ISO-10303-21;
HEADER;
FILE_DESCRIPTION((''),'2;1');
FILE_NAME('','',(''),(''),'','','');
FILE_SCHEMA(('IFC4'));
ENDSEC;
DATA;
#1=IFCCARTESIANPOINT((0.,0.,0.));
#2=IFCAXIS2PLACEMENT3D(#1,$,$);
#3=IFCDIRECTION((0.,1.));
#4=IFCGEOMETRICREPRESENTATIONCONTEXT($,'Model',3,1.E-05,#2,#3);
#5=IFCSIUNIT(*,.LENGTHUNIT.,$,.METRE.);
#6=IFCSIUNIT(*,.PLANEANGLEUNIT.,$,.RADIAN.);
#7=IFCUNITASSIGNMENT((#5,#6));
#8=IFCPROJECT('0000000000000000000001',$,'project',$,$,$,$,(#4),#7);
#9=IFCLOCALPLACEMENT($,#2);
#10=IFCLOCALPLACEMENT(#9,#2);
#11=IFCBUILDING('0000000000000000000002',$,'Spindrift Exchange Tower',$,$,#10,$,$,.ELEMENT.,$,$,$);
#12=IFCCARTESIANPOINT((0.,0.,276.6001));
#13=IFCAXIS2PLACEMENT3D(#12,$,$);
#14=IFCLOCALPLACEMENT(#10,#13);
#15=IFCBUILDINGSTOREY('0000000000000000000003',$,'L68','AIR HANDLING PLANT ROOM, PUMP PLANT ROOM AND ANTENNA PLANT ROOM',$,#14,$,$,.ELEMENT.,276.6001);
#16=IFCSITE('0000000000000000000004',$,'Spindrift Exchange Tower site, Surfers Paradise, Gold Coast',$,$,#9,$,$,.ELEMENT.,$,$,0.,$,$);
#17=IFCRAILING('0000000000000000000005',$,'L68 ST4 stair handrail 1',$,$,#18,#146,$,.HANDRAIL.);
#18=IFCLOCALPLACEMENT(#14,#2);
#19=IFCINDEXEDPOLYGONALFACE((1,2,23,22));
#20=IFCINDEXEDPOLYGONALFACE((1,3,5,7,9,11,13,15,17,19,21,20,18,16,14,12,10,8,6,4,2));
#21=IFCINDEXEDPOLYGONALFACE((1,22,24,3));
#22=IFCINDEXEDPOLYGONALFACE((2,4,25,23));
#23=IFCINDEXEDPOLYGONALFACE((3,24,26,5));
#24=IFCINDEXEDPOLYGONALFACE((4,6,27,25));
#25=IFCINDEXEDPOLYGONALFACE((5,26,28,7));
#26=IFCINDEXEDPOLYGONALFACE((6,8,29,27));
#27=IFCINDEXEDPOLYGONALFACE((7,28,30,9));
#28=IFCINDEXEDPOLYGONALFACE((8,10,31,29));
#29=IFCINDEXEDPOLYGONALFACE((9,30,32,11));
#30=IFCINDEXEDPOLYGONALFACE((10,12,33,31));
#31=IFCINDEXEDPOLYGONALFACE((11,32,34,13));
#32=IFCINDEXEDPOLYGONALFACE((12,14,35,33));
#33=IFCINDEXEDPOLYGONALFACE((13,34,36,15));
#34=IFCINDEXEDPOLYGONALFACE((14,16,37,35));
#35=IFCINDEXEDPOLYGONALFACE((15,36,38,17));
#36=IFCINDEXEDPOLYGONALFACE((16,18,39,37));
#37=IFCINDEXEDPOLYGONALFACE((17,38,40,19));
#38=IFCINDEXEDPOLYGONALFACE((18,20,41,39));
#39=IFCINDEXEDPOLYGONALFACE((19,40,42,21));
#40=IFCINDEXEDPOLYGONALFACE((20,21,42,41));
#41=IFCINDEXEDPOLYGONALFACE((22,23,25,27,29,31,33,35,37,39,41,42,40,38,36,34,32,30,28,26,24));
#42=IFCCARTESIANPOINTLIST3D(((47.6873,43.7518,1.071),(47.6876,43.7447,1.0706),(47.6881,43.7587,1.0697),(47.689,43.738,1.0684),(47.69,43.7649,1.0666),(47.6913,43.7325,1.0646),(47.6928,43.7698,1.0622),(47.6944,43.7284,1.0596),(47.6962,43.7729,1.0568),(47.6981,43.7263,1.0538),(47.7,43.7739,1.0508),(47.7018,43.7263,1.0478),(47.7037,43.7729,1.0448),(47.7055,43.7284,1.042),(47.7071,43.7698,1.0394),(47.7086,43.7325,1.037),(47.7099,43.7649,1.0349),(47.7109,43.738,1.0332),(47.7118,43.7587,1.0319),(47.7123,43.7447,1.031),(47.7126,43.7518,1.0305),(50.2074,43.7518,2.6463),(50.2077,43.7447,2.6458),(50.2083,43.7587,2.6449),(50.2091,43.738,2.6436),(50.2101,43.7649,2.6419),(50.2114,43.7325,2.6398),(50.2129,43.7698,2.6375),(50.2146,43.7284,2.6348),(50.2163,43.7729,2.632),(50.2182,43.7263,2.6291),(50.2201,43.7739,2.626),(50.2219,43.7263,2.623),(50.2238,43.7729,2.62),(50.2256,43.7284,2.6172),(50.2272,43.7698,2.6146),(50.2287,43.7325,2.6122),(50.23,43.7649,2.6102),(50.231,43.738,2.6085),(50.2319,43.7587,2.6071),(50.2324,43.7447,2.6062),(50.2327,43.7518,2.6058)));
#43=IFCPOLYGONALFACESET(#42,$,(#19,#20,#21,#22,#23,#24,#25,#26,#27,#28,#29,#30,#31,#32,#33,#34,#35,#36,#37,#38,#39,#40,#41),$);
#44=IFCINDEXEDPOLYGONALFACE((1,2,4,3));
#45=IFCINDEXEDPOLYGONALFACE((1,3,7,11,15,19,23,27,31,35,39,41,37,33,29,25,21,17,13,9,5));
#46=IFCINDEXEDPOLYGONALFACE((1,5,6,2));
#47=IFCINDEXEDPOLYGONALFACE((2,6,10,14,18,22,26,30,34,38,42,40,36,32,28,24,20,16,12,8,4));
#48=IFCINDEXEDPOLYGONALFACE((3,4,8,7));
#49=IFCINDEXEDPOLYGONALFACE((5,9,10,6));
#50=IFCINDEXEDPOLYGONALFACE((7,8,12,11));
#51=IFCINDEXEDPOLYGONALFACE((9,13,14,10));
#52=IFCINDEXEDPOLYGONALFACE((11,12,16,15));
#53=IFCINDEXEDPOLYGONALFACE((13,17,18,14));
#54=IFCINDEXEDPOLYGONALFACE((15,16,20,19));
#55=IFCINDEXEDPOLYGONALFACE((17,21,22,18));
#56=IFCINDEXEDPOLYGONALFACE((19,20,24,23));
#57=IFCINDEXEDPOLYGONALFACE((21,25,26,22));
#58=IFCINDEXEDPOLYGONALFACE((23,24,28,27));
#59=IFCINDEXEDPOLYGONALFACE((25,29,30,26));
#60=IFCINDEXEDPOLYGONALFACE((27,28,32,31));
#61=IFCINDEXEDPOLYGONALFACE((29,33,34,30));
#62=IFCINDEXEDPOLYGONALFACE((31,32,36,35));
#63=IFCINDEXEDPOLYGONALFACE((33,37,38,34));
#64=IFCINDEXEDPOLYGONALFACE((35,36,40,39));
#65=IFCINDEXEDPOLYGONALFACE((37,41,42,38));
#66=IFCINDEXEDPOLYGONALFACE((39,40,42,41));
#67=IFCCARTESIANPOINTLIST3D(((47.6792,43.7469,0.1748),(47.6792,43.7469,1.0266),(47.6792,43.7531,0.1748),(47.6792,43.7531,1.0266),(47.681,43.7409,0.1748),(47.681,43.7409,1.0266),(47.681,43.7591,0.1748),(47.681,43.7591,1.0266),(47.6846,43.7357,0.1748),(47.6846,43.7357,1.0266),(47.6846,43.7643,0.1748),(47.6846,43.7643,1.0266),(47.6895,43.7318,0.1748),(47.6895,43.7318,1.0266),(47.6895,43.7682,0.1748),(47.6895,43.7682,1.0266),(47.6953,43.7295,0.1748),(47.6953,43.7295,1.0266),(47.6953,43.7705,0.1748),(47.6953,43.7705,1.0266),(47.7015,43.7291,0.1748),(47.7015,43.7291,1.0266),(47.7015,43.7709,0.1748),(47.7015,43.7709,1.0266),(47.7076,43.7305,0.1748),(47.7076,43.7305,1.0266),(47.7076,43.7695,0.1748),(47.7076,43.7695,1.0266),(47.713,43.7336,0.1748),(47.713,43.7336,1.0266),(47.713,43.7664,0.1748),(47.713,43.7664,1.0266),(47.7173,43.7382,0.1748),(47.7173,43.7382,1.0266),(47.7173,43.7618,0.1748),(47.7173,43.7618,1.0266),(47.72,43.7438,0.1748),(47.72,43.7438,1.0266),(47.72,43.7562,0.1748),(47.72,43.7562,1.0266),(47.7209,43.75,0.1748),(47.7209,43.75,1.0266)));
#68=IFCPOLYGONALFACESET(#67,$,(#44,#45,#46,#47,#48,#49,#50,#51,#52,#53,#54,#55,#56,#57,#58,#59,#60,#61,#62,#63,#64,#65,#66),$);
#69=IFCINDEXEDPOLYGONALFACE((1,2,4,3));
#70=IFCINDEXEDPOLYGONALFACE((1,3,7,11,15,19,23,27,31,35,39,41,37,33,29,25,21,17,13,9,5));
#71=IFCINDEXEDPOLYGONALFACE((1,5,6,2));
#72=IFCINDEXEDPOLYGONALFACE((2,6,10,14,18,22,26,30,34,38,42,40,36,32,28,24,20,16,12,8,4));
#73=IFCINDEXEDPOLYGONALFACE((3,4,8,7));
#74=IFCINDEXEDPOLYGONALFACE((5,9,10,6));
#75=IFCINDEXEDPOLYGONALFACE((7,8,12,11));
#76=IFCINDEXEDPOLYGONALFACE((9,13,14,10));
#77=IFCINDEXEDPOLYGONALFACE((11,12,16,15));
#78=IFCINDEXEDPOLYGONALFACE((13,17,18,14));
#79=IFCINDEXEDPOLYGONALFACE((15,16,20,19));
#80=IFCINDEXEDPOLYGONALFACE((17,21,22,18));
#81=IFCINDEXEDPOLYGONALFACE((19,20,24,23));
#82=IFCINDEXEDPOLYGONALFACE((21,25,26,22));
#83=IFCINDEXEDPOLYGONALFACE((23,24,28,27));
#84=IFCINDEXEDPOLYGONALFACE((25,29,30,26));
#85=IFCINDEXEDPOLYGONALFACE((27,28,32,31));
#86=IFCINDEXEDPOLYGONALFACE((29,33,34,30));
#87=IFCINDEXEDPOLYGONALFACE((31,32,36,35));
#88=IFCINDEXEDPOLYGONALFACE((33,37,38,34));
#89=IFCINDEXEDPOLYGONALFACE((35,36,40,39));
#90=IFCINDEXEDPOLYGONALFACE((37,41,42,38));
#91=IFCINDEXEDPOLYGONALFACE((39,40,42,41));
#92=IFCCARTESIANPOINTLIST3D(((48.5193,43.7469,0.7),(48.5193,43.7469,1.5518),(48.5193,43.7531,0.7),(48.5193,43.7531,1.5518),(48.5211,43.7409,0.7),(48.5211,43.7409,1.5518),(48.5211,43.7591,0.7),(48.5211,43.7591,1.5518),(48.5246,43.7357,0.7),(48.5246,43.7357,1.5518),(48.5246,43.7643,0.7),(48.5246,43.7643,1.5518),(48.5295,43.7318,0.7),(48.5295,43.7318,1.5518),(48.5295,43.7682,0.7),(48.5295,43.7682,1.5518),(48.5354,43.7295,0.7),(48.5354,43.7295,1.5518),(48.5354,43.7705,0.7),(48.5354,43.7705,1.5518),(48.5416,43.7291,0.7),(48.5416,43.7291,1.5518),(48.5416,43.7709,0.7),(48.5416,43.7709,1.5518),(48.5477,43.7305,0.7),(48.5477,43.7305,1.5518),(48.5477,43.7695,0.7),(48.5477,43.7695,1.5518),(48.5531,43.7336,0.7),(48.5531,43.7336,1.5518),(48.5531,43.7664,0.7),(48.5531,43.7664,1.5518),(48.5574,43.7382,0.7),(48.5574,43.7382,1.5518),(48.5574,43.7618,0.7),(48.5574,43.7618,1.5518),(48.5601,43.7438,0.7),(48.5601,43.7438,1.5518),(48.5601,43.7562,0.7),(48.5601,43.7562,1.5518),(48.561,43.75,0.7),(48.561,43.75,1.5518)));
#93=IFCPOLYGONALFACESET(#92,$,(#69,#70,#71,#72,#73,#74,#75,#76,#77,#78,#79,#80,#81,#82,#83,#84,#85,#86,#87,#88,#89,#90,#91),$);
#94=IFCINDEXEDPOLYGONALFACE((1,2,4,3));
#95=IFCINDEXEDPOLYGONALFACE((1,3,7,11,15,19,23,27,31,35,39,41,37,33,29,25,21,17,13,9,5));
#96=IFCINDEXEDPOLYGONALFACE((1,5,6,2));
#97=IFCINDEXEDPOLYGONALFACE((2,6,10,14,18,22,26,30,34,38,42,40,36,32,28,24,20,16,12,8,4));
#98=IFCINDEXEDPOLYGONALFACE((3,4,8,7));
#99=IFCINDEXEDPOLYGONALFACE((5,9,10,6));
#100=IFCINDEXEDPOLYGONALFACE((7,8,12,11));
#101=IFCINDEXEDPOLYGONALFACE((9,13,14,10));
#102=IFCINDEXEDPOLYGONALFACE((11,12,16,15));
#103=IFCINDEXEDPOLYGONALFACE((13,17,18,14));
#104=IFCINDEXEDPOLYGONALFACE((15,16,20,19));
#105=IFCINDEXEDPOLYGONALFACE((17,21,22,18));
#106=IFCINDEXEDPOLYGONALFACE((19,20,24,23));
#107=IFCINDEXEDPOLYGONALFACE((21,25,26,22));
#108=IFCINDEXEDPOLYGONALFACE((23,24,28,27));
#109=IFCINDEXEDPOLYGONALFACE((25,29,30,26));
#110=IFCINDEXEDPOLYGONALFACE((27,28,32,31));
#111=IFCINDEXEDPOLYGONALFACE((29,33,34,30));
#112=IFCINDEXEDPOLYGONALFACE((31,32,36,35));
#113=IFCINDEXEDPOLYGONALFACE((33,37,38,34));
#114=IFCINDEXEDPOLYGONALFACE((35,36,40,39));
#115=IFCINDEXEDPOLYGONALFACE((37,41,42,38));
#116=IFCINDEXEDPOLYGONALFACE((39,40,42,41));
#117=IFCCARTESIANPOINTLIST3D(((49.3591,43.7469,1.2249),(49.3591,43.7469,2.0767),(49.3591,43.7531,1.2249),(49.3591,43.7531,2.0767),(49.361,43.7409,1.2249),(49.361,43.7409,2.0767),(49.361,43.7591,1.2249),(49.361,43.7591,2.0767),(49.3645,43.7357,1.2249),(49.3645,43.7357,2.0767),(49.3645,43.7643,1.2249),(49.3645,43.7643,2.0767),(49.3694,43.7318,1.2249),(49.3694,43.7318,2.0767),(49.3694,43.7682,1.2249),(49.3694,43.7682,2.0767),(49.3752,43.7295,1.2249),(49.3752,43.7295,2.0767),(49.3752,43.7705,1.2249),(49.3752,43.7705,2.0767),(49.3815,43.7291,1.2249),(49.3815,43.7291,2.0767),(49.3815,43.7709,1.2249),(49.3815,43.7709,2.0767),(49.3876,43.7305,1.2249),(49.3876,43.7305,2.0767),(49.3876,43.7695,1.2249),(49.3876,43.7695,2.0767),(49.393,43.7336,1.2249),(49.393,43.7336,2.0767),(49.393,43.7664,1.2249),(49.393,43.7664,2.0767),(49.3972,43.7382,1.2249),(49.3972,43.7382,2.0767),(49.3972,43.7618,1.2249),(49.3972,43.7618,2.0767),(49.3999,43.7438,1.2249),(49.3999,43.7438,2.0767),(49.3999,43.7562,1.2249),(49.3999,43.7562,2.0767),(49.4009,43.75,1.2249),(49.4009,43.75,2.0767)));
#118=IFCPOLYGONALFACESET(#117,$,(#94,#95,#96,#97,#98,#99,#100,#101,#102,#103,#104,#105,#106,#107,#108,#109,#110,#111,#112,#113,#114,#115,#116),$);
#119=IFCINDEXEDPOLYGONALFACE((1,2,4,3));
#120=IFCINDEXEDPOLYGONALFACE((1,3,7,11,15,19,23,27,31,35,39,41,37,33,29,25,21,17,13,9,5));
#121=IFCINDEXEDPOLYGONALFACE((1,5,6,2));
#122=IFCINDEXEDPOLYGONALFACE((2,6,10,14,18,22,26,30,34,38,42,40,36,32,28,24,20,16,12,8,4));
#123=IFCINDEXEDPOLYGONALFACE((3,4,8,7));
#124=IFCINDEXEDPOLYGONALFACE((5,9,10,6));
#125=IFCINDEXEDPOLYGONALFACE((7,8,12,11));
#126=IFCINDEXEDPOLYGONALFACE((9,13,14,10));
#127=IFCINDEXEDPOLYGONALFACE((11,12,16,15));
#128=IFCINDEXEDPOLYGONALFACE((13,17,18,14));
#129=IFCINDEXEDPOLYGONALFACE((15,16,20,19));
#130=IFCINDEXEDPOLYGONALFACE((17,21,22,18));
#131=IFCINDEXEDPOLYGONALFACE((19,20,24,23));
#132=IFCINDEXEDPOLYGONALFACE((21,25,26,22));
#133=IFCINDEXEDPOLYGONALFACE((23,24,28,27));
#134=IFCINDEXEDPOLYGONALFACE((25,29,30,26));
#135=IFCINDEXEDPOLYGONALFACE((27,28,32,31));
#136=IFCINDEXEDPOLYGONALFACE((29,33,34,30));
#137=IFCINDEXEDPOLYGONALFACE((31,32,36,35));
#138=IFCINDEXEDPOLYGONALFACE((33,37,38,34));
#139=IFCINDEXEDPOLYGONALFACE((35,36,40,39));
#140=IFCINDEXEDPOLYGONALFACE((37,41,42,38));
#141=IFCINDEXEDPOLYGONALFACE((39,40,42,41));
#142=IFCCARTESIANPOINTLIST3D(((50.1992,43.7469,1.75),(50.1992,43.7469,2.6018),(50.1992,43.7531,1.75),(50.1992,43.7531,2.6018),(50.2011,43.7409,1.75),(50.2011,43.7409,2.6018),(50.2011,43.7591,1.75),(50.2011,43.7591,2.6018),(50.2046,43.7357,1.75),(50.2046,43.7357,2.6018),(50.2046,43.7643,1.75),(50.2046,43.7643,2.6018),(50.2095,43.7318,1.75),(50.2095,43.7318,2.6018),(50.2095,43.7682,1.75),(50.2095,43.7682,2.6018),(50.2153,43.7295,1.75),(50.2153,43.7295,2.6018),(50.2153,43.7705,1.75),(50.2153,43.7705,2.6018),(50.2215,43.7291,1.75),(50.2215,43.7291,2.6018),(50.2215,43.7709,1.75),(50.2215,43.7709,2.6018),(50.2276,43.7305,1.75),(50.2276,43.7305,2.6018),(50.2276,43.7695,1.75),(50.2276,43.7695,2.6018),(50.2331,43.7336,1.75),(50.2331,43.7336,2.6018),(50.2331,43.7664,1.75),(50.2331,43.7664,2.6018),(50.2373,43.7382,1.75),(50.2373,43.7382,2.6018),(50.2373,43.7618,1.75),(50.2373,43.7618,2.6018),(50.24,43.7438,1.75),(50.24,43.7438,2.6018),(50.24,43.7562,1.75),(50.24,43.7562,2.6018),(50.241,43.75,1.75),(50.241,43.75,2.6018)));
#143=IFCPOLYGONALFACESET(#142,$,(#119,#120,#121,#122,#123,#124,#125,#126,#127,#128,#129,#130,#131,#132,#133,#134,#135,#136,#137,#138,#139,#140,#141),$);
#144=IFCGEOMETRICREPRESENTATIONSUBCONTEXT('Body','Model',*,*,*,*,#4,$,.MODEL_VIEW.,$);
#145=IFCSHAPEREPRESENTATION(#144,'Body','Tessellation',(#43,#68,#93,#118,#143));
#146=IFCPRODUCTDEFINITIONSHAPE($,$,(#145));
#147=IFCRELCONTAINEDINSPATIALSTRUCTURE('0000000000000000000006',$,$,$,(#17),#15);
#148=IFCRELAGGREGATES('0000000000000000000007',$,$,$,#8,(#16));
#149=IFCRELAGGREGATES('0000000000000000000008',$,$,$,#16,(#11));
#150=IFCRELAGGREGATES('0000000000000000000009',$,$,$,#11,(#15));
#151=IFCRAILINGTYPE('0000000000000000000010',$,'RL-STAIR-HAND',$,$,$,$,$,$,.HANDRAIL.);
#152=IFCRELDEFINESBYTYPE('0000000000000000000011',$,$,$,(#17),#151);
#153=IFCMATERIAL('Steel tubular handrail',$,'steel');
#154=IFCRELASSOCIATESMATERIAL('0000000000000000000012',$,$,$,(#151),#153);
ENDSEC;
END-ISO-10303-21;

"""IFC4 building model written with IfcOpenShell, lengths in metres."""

from ifc_helpers import new_model, si_unit, direction, frame, origin, origin_2d, place, context, subcontext, project, spatial, circle, extrude, material, type_object, element, save


model = new_model("IFC4")

# Units and contexts
model_context = context("Model", 3, precision=1e-05, world=origin(), true_north=direction((0.0, 1.0)))
body_context = subcontext(model_context, "Body", "Model", "MODEL_VIEW")
ifc_project = project(units=[si_unit("LENGTHUNIT", "METRE"), si_unit("PLANEANGLEUNIT", "RADIAN")], contexts=[model_context])

# Site, building, storey
site_placement = place(None, origin())
site = spatial("IfcSite", under=ifc_project, at=site_placement, Name="Spindrift Exchange Tower site, Surfers Paradise, Gold Coast", CompositionType="ELEMENT", RefElevation=0.0)
building_placement = place(site_placement, origin())
building = spatial("IfcBuilding", under=site, at=building_placement, Name="Spindrift Exchange Tower", CompositionType="ELEMENT")
storey_placement = place(building_placement, frame((0.0, 0.0, 276.6001)))
storey = spatial("IfcBuildingStorey", under=building, at=storey_placement, Name="L68", Description="AIR HANDLING PLANT ROOM, PUMP PLANT ROOM AND ANTENNA PLANT ROOM", CompositionType="ELEMENT", Elevation=276.6001)

# Railing
ifc_material_1 = material(Name="Steel tubular handrail", Category="steel")
railing_type_1 = type_object("IfcRailingType", Name="RL-STAIR-HAND", PredefinedType="HANDRAIL", material=ifc_material_1)
railing_1_placement = place(storey_placement, frame((47.7, 43.75, 0.1748)))
element("IfcRailing", 1, at=railing_1_placement, inside=storey, type_object=railing_type_1, Name="L68 ST4 stair handrail 1", PredefinedType="HANDRAIL", context=body_context, shape_type="SweptSolid", body=[
    extrude(circle(Radius=0.0239, at=origin_2d()), frame((0.0, 0.0, 0.876), z_axis=(0.847971, 0.0, 0.530043), x_axis=(0.0, 1.0, 0.0)), (0.0, 0.0, 1.0), 2.9719),
    extrude(circle(Radius=0.021, at=origin_2d()), origin(), (0.0, 0.0, 1.0), 0.8518),
    extrude(circle(Radius=0.021, at=origin_2d()), frame((0.8401, 0.0, 0.5251)), (0.0, 0.0, 1.0), 0.8518),
    extrude(circle(Radius=0.021, at=origin_2d()), frame((1.6799, 0.0, 1.05)), (0.0, 0.0, 1.0), 0.8518),
    extrude(circle(Radius=0.021, at=origin_2d()), frame((2.52, 0.0, 1.5752)), (0.0, 0.0, 1.0), 0.8518),
])

save(model, "model.ifc")
